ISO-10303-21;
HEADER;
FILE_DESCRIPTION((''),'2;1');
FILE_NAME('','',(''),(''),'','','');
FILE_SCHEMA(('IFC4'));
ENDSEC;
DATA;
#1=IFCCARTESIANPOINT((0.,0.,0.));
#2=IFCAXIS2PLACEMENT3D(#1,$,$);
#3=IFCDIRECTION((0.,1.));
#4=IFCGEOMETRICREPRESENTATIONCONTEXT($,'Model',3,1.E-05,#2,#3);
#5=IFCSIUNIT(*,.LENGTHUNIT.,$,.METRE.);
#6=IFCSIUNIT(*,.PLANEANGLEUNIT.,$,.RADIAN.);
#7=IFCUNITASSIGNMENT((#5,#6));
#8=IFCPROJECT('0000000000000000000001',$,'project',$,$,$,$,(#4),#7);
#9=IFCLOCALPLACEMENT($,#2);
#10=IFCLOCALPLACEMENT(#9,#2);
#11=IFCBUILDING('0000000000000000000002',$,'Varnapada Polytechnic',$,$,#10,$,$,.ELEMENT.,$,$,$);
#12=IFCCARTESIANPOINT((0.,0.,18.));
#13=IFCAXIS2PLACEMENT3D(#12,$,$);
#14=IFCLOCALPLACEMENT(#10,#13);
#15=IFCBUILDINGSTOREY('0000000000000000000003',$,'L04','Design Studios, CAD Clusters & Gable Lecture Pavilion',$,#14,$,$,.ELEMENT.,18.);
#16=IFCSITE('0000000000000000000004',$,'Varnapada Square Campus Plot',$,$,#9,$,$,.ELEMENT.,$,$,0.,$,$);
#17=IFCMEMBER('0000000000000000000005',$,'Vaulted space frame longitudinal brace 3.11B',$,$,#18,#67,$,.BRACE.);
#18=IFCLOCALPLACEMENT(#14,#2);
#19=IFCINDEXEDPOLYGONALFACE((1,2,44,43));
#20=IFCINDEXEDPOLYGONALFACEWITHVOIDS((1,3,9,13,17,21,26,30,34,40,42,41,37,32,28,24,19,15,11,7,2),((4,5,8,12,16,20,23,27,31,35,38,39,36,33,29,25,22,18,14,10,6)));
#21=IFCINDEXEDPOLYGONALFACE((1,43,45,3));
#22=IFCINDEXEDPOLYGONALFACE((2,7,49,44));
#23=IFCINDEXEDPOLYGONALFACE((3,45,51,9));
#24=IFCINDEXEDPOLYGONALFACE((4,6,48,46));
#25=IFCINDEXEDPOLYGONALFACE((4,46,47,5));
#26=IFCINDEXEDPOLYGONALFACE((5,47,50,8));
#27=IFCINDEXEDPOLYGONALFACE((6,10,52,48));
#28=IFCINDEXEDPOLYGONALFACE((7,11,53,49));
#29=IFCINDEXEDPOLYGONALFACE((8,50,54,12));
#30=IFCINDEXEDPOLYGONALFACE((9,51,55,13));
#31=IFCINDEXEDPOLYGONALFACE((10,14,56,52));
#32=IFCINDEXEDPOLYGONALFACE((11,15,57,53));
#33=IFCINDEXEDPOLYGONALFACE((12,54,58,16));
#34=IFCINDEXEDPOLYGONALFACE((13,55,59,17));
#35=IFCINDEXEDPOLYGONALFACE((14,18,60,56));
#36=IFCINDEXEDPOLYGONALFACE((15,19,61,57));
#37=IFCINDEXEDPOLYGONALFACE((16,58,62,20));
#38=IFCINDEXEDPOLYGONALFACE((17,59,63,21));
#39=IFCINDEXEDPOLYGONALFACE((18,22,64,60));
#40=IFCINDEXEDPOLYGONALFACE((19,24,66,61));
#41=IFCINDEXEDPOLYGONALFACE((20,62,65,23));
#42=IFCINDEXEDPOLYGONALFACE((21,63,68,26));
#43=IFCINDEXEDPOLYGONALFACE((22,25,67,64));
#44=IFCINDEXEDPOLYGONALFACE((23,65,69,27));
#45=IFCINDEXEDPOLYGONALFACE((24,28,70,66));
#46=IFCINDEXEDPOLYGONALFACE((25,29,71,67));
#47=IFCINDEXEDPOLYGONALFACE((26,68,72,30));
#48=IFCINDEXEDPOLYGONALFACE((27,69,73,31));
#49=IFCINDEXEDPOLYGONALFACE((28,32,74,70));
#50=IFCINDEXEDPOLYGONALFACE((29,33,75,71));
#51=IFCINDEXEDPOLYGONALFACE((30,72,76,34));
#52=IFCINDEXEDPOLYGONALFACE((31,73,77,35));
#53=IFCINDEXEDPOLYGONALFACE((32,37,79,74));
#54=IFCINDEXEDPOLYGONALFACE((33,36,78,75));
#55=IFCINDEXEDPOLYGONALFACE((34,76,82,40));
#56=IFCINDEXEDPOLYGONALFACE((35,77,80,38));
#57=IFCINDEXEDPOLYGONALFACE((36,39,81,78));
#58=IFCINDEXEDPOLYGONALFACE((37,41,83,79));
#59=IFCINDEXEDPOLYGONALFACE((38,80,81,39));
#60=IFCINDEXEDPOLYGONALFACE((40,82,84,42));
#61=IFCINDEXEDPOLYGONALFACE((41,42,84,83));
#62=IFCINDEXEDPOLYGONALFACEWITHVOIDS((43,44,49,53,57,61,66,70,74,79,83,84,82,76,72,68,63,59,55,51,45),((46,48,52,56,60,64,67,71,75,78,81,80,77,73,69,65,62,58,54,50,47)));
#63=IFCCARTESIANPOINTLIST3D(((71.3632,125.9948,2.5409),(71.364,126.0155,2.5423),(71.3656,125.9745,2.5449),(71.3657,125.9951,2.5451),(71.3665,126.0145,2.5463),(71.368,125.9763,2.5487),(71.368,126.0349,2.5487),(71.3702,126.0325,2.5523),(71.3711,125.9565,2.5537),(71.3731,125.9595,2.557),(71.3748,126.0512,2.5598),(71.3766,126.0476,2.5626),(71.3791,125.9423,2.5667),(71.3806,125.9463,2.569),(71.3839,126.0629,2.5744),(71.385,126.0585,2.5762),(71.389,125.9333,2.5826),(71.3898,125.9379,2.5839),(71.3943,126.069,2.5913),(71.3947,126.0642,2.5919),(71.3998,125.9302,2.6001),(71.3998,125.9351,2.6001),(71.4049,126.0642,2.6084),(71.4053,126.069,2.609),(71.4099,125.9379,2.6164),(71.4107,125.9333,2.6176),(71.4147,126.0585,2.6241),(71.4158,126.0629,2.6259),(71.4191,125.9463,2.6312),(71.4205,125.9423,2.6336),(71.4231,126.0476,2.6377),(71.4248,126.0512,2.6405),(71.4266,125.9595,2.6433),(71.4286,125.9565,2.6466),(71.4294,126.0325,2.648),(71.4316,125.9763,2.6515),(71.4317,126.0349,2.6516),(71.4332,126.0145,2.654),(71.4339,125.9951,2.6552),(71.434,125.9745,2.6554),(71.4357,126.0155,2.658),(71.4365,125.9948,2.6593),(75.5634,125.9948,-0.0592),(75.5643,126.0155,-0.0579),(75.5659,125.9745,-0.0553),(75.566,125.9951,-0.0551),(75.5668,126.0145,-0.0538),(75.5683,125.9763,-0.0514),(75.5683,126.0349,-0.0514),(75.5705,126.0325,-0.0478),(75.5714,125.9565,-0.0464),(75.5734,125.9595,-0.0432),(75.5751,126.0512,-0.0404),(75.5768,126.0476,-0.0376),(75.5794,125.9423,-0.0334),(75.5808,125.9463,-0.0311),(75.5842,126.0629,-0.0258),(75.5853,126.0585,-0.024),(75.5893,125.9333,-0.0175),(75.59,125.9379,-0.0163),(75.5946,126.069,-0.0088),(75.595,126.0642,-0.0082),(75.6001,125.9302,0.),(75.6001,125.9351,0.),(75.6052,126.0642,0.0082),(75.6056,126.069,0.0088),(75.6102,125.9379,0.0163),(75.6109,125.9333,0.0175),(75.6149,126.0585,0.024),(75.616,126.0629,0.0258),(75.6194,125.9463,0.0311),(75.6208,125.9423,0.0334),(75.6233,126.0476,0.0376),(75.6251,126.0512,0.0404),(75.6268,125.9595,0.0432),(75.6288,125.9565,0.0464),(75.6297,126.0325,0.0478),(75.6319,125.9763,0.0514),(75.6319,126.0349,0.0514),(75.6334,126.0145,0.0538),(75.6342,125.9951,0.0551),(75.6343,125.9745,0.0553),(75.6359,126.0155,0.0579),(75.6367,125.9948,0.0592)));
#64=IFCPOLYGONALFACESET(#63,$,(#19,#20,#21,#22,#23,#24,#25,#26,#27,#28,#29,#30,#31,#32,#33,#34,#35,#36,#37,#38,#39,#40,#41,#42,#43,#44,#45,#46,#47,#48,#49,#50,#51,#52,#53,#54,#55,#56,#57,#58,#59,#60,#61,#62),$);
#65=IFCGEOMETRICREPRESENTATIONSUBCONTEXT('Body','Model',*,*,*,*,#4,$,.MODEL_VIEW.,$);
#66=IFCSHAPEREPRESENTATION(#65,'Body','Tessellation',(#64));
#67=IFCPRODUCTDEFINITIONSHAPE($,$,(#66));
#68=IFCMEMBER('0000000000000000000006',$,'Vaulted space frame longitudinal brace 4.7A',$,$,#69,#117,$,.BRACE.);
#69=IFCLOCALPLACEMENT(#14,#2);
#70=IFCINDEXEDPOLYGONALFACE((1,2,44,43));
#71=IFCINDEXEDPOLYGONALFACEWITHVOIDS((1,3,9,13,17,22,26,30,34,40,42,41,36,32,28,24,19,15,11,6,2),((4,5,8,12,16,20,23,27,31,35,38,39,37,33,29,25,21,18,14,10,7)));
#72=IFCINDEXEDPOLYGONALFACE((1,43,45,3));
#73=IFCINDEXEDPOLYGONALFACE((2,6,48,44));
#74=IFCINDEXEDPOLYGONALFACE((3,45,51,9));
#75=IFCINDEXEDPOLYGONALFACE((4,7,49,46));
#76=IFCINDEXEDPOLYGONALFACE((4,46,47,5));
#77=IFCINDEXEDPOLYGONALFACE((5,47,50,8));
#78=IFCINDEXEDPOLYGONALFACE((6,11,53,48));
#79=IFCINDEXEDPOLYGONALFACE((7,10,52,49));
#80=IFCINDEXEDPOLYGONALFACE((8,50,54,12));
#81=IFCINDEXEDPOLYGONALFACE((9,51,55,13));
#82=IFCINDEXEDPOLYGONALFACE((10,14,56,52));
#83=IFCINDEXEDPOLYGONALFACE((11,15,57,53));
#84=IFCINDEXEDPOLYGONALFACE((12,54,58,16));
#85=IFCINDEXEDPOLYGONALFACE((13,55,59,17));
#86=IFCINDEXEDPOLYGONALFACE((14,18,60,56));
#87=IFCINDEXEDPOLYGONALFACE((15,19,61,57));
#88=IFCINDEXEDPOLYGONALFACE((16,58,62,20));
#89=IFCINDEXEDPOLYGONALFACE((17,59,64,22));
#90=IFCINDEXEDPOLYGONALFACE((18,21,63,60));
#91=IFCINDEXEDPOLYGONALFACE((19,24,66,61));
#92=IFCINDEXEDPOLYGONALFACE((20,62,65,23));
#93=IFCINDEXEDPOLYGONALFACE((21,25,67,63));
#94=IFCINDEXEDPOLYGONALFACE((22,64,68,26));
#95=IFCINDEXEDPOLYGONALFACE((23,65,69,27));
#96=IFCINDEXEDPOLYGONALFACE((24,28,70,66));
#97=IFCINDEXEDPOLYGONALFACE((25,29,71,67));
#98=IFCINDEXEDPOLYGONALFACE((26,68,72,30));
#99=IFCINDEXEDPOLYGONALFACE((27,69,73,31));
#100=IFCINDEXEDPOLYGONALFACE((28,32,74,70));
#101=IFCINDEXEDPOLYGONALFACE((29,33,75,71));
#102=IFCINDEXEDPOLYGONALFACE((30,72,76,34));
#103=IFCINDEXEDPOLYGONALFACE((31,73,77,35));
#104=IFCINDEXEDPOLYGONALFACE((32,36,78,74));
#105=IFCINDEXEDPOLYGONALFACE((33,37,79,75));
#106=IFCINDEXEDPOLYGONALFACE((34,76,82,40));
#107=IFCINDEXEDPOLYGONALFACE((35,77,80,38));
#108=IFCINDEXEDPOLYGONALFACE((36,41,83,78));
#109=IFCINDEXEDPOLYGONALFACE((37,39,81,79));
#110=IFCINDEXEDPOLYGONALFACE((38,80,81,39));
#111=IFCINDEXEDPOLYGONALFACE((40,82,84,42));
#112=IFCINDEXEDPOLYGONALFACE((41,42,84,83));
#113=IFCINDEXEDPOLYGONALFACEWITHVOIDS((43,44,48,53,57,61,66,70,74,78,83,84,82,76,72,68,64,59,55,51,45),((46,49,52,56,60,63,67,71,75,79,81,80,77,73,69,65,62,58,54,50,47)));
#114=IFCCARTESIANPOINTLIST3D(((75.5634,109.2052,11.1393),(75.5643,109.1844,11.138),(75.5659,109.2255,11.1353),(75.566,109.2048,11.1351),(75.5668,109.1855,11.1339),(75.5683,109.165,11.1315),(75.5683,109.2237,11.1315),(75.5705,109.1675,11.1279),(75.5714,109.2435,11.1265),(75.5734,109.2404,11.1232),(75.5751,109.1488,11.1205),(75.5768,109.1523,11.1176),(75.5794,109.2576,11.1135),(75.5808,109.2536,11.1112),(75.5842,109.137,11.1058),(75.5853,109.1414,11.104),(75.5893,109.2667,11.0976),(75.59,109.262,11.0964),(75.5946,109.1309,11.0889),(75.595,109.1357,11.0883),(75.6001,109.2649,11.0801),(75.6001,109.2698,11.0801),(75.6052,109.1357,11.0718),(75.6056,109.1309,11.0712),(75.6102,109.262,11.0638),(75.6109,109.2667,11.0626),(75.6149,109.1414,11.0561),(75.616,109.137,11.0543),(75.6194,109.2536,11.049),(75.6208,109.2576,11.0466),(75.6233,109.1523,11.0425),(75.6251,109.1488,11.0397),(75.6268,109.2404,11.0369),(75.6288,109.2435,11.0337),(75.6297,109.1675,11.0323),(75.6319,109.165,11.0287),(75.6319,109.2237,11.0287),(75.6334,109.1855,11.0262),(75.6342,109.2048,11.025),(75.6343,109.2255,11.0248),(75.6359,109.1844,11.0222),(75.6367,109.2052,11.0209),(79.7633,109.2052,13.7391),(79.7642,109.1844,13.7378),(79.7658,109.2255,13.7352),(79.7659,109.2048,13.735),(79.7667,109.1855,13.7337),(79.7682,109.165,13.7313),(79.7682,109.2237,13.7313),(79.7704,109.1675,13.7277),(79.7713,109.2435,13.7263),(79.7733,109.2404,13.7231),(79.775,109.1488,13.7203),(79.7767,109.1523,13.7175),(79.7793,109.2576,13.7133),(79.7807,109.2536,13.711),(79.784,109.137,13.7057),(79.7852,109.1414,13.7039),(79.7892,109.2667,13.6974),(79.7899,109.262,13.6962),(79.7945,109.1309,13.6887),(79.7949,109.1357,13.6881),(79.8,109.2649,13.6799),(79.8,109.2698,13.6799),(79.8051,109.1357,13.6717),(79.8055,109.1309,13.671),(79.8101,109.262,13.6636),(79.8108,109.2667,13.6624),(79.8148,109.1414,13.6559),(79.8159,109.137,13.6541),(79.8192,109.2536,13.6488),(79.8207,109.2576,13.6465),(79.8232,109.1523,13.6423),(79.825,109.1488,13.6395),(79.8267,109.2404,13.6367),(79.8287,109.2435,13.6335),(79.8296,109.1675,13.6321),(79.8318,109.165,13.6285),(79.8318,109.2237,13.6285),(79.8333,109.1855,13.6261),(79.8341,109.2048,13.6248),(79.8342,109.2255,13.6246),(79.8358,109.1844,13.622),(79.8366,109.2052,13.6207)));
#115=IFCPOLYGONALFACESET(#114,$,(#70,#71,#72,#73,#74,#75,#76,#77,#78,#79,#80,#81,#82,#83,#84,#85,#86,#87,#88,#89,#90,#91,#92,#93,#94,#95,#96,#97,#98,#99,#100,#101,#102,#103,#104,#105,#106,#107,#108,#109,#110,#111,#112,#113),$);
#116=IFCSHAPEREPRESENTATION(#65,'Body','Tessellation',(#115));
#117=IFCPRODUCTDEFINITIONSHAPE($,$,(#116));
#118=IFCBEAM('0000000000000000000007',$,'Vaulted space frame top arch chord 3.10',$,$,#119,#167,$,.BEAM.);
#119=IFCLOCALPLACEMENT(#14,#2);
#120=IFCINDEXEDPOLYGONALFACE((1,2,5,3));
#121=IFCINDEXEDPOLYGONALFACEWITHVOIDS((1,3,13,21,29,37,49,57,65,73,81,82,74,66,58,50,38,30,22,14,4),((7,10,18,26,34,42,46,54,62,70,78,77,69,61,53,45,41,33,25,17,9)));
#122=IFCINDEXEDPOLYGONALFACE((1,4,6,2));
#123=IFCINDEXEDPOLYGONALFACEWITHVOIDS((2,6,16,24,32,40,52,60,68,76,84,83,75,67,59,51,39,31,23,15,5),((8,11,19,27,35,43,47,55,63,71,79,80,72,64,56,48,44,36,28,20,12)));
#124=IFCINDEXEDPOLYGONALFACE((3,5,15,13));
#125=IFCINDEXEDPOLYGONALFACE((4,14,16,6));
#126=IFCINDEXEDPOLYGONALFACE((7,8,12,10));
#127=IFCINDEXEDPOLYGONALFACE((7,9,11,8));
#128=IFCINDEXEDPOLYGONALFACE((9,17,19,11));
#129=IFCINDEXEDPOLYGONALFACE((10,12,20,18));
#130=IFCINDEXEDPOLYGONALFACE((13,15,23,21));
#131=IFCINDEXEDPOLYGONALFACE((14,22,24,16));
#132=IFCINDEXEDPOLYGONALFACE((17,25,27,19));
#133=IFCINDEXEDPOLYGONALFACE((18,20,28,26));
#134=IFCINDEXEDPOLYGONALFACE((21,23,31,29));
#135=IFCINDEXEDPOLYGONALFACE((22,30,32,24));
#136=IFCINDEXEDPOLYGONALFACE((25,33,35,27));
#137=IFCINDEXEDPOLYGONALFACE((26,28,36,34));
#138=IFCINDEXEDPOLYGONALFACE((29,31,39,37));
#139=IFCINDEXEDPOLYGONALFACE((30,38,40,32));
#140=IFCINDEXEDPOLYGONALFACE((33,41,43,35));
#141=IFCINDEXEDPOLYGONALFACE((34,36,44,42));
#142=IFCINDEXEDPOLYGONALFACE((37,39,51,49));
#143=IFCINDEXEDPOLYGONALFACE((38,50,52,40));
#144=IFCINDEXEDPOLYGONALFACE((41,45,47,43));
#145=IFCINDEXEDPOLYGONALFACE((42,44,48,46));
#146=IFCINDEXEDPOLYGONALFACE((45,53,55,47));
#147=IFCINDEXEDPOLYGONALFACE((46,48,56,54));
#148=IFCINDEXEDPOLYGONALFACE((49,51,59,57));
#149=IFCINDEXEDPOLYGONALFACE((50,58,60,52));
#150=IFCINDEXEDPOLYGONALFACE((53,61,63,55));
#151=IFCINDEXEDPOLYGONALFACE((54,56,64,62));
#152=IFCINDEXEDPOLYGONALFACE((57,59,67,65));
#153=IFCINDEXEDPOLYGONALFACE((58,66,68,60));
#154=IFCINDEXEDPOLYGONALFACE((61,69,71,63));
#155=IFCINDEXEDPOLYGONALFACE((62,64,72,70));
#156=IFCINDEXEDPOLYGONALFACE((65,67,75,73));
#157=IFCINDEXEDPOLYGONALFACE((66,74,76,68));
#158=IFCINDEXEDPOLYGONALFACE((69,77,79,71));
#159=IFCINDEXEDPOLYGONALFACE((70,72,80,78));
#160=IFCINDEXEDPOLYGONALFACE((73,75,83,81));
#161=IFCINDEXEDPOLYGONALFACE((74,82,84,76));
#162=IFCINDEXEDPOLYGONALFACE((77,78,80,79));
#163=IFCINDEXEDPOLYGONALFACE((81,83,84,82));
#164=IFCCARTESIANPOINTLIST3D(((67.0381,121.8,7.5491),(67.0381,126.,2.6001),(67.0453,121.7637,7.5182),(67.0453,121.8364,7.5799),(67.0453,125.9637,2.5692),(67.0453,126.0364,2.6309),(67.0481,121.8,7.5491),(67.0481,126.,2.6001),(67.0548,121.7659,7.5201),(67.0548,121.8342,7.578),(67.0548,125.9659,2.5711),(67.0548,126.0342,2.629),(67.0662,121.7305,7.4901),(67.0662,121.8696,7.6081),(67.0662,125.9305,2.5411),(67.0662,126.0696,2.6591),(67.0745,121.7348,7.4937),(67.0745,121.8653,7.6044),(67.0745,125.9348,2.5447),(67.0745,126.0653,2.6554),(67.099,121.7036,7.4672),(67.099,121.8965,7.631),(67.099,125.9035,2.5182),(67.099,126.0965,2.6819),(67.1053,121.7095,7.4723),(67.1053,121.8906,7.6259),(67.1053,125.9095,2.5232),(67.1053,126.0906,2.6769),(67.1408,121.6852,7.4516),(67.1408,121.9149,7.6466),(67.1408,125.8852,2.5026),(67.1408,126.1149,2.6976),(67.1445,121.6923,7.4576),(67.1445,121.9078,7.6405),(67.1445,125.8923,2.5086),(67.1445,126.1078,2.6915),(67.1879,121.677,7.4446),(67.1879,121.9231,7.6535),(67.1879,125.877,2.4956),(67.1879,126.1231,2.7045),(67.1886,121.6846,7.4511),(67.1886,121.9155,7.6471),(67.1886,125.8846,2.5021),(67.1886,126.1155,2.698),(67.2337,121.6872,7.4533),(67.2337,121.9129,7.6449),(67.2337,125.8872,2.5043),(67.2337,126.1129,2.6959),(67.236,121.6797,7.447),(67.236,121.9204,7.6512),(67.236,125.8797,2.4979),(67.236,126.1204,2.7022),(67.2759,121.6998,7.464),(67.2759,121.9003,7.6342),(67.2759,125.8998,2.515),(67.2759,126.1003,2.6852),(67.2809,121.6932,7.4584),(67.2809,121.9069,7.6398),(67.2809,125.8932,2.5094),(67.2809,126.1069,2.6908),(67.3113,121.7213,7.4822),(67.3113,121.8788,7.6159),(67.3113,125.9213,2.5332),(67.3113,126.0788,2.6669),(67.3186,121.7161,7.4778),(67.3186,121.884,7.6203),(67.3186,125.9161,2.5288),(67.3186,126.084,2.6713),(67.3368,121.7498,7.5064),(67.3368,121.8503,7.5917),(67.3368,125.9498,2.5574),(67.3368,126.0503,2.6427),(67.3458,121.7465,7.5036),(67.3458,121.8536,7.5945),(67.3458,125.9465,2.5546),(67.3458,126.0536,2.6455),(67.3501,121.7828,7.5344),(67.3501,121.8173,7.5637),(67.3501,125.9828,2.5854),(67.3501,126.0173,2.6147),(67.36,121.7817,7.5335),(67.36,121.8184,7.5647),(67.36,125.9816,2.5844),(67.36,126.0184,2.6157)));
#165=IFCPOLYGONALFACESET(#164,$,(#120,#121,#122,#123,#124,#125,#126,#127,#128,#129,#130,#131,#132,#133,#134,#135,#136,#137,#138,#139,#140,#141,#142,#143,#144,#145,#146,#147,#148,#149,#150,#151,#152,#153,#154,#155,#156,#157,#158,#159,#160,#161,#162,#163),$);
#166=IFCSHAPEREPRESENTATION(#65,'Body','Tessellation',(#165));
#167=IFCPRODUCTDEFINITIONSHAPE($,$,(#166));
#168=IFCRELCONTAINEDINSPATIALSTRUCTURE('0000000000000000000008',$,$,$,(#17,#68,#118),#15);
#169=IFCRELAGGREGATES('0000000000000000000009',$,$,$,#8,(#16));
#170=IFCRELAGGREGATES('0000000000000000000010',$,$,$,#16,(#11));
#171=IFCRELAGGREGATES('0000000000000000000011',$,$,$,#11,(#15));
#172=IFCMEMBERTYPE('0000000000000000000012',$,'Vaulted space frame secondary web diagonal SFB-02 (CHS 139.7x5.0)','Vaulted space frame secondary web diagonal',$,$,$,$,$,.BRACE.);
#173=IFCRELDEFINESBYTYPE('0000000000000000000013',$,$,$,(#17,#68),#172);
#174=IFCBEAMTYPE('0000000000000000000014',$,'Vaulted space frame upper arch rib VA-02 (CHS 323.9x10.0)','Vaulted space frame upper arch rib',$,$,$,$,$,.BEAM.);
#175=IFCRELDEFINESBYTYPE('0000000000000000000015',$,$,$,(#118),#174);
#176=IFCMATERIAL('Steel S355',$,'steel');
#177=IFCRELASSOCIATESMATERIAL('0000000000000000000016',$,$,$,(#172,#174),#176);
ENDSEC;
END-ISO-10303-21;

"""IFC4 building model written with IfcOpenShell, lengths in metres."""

from ifc_helpers import new_model, si_unit, direction, frame, origin, origin_2d, place, context, subcontext, project, spatial, hollow_circle, extrude, material, material_profile, profile_set, type_object, element, save


model = new_model("IFC4")

# Units and contexts
model_context = context("Model", 3, precision=1e-05, world=origin(), true_north=direction((0.0, 1.0)))
body_context = subcontext(model_context, "Body", "Model", "MODEL_VIEW")
ifc_project = project(units=[si_unit("LENGTHUNIT", "METRE"), si_unit("PLANEANGLEUNIT", "RADIAN")], contexts=[model_context])

# Site, building, storey
site_placement = place(None, origin())
site = spatial("IfcSite", under=ifc_project, at=site_placement, Name="Varnapada Square Campus Plot", CompositionType="ELEMENT", RefElevation=0.0)
building_placement = place(site_placement, origin())
building = spatial("IfcBuilding", under=site, at=building_placement, Name="Varnapada Polytechnic", CompositionType="ELEMENT")
storey_placement = place(building_placement, frame((0.0, 0.0, 18.0)))
storey = spatial("IfcBuildingStorey", under=building, at=storey_placement, Name="L04", Description="Design Studios, CAD Clusters & Gable Lecture Pavilion", CompositionType="ELEMENT", Elevation=18.0)

# Shared definitions
ifc_material = material(Name="Steel S355", Category="steel")

# Members
ifc_material_profile_1 = material_profile(ifc_material, hollow_circle(Radius=0.0698, WallThickness=0.0049, at=origin_2d()), Name="CHS 139.7x5.0")
ifc_profile_set_1 = profile_set([ifc_material_profile_1], Name="Steel S355")
member_type_1 = type_object("IfcMemberType", Name="Vaulted space frame secondary web diagonal SFB-02 (CHS 139.7x5.0)", Description="Vaulted space frame secondary web diagonal", PredefinedType="BRACE", material=ifc_profile_set_1)
member_1_placement = place(storey_placement, frame((75.6001, 126.0, 0.0), z_axis=(-0.850267, 0.0, 0.526351), x_axis=(0.0, -1.0, 0.0)))
element("IfcMember", 1, at=member_1_placement, inside=storey, type_object=member_type_1, Name="Vaulted space frame longitudinal brace 3.11B", PredefinedType="BRACE", context=body_context, shape_type="SweptSolid", body=[
    extrude(hollow_circle(Radius=0.0698, WallThickness=0.0049, at=origin_2d()), origin(), (0.0, 0.0, 1.0), 4.9399),
])
member_2_placement = place(storey_placement, frame((75.6001, 109.2, 11.0801), z_axis=(0.850276, 0.0, 0.526338), x_axis=(0.0, 1.0, 0.0)))
element("IfcMember", 2, at=member_2_placement, inside=storey, type_object=member_type_1, Name="Vaulted space frame longitudinal brace 4.7A", PredefinedType="BRACE", context=body_context, shape_type="SweptSolid", body=[
    extrude(hollow_circle(Radius=0.0698, WallThickness=0.0049, at=origin_2d()), origin(), (0.0, 0.0, 1.0), 4.9395),
])

# Beam
ifc_material_profile_2 = material_profile(ifc_material, hollow_circle(Radius=0.1619, WallThickness=0.01, at=origin_2d()), Name="CHS 323.9x10.0")
ifc_profile_set_2 = profile_set([ifc_material_profile_2], Name="Steel S355")
beam_type_1 = type_object("IfcBeamType", Name="Vaulted space frame upper arch rib VA-02 (CHS 323.9x10.0)", Description="Vaulted space frame upper arch rib", PredefinedType="BEAM", material=ifc_profile_set_2)
beam_1_placement = place(storey_placement, frame((67.2, 121.8, 7.5491), z_axis=(0.0, 0.647051, -0.762447), x_axis=(-1.0, 0.0, 0.0)))
element("IfcBeam", 3, at=beam_1_placement, inside=storey, type_object=beam_type_1, Name="Vaulted space frame top arch chord 3.10", PredefinedType="BEAM", context=body_context, shape_type="SweptSolid", body=[
    extrude(hollow_circle(Radius=0.1619, WallThickness=0.01, at=origin_2d()), origin(), (0.0, 0.0, 1.0), 6.491),
])

save(model, "model.ifc")
